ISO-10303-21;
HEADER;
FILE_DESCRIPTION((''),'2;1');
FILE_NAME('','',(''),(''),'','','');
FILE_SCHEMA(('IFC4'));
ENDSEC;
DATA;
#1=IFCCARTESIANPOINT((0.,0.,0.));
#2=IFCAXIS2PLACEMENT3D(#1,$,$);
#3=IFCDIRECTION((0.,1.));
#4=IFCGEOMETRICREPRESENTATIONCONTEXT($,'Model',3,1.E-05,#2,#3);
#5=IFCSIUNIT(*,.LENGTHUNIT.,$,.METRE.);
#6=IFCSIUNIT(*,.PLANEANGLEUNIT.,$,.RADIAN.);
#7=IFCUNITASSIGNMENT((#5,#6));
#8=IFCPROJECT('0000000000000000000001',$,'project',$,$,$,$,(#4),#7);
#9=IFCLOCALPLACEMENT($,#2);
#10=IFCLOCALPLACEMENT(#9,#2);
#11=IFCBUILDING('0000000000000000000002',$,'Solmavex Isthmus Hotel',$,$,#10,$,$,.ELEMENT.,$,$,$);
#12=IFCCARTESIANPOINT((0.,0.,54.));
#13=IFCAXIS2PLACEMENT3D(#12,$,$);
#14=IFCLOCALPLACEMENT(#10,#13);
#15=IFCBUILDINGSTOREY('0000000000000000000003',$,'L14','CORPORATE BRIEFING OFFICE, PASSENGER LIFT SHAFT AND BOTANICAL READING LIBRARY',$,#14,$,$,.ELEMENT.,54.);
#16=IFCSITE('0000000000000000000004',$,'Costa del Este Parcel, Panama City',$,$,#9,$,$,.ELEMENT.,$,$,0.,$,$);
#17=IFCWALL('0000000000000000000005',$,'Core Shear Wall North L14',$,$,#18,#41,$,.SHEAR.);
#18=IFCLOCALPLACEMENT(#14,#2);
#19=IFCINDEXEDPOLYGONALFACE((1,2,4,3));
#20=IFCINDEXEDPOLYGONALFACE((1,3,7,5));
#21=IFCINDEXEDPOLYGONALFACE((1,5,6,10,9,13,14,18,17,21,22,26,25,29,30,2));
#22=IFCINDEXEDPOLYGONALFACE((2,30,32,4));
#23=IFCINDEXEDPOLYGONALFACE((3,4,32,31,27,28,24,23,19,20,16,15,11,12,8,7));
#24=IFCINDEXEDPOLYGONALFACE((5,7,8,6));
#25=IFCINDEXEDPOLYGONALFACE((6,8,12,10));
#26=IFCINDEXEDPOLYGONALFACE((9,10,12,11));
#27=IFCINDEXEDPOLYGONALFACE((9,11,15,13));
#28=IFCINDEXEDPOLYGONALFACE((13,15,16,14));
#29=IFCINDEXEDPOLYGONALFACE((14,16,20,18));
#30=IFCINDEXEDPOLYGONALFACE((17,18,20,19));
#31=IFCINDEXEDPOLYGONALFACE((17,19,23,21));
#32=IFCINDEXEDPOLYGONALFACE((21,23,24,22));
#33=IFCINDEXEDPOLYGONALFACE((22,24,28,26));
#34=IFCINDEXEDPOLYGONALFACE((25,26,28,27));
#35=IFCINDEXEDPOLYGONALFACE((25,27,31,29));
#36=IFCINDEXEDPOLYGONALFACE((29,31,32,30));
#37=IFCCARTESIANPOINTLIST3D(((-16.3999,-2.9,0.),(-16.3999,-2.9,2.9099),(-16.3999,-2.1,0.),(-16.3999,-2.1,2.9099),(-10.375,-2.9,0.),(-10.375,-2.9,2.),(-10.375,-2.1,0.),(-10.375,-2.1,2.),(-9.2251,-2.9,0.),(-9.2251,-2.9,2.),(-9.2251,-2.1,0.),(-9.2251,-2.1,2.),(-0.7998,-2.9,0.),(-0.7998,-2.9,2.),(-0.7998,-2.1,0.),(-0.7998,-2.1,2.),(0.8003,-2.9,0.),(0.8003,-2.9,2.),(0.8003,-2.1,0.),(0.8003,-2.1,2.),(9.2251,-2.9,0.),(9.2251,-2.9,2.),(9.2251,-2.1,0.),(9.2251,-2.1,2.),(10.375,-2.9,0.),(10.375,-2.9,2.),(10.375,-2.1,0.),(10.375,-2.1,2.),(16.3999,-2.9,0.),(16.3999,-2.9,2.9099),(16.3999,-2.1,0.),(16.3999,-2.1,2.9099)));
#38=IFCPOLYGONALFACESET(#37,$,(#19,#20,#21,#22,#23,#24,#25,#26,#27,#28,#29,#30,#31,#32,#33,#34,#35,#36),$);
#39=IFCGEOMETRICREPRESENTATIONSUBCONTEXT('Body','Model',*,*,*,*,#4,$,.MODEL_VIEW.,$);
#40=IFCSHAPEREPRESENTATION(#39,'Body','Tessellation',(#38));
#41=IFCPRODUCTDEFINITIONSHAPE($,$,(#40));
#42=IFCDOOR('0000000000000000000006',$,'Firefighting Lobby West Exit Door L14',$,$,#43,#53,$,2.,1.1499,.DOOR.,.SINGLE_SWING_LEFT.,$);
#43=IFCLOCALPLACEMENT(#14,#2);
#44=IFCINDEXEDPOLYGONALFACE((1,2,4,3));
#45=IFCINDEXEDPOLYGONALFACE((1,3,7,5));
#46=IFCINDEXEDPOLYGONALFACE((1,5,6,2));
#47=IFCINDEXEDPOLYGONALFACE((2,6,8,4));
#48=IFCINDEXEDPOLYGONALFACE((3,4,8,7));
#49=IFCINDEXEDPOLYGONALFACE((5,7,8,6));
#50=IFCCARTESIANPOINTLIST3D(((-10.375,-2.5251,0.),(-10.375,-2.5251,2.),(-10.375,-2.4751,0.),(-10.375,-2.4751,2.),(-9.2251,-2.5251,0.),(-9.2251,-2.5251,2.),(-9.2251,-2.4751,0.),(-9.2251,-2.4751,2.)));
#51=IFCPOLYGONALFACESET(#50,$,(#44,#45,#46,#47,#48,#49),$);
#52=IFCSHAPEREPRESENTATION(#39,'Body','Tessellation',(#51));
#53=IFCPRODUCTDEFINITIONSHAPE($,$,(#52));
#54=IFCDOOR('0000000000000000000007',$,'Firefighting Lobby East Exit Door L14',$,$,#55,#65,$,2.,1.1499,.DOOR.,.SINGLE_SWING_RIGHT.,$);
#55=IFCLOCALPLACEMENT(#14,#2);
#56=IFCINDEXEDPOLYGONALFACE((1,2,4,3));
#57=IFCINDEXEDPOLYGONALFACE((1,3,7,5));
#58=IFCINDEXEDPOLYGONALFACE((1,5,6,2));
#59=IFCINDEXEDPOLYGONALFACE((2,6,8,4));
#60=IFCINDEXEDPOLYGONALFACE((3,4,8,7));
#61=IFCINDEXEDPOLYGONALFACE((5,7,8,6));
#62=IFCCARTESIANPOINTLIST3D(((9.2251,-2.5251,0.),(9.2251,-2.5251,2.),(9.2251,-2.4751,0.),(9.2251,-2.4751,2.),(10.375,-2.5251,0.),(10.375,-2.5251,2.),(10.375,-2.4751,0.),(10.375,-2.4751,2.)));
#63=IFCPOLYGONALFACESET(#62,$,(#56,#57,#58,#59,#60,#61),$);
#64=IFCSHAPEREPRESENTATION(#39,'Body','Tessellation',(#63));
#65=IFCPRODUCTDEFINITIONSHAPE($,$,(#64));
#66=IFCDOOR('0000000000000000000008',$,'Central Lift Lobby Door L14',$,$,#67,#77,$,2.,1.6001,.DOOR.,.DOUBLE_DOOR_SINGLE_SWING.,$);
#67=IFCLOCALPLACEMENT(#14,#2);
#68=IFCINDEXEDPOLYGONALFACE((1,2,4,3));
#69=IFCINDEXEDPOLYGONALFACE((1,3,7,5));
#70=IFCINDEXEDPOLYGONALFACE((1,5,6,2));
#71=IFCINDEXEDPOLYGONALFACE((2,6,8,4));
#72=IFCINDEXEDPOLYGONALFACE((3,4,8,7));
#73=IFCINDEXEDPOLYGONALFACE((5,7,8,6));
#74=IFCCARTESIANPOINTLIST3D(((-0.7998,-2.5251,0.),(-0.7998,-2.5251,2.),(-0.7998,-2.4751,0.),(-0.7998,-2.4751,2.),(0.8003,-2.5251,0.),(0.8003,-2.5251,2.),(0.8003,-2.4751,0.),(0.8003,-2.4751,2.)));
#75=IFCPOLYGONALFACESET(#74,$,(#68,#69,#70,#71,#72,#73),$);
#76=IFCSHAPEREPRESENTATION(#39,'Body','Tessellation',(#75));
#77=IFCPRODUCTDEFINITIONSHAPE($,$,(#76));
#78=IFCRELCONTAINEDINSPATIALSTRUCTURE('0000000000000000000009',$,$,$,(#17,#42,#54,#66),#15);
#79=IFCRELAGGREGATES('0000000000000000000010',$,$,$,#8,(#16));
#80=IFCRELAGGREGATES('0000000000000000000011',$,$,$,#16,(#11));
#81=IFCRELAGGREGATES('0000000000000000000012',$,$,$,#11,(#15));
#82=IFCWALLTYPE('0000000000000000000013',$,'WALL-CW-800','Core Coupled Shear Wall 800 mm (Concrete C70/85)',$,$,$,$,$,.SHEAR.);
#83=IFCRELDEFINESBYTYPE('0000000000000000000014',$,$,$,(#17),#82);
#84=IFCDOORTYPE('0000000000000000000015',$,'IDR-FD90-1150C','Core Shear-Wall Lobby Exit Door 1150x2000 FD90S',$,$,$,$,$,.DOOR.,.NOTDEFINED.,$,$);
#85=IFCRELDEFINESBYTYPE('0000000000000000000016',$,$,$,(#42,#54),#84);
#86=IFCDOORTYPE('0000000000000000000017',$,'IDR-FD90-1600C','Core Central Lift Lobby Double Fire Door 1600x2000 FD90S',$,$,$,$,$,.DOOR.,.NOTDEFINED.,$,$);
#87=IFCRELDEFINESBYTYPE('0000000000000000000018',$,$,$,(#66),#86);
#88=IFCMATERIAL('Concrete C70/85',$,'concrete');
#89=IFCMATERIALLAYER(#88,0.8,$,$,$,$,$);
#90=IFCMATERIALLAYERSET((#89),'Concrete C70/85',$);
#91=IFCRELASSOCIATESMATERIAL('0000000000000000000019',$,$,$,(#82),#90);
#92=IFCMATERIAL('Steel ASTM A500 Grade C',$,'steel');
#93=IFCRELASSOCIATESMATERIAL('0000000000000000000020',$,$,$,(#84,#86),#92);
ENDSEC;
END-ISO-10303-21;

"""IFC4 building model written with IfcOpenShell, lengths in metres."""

from ifc_helpers import new_model, si_unit, direction, frame, frame_2d, origin, place, context, subcontext, project, spatial, rectangle, extrude, material, layer, layer_set, type_object, element, fill, save


model = new_model("IFC4")

# Units and contexts
model_context = context("Model", 3, precision=1e-05, world=origin(), true_north=direction((0.0, 1.0)))
body_context = subcontext(model_context, "Body", "Model", "MODEL_VIEW")
ifc_project = project(units=[si_unit("LENGTHUNIT", "METRE"), si_unit("PLANEANGLEUNIT", "RADIAN")], contexts=[model_context])

# Site, building, storey
site_placement = place(None, origin())
site = spatial("IfcSite", under=ifc_project, at=site_placement, Name="Costa del Este Parcel, Panama City", CompositionType="ELEMENT", RefElevation=0.0)
building_placement = place(site_placement, origin())
building = spatial("IfcBuilding", under=site, at=building_placement, Name="Solmavex Isthmus Hotel", CompositionType="ELEMENT")
storey_placement = place(building_placement, frame((0.0, 0.0, 54.0)))
storey = spatial("IfcBuildingStorey", under=building, at=storey_placement, Name="L14", Description="CORPORATE BRIEFING OFFICE, PASSENGER LIFT SHAFT AND BOTANICAL READING LIBRARY", CompositionType="ELEMENT", Elevation=54.0)

# Shared definitions
ifc_material_1 = material(Name="Steel ASTM A500 Grade C", Category="steel")

# Wall, openings, doors
ifc_material_2 = material(Name="Concrete C70/85", Category="concrete")
ifc_layer_1 = layer(ifc_material_2, 0.8)
ifc_layer_set_1 = layer_set([ifc_layer_1], Name="Concrete C70/85")
wall_type_1 = type_object("IfcWallType", Name="WALL-CW-800", Description="Core Coupled Shear Wall 800 mm (Concrete C70/85)", PredefinedType="SHEAR", material=ifc_layer_set_1)
wall_1_placement = place(storey_placement, frame((-16.3999, -2.5, 0.0), z_axis=(0.0, 0.0, 1.0), x_axis=(1.0, 0.0, 0.0)))
wall_1 = element("IfcWall", 1, at=wall_1_placement, inside=storey, type_object=wall_type_1, Name="Core Shear Wall North L14", PredefinedType="SHEAR", context=body_context, shape_type="SweptSolid", body=[
    extrude(rectangle(XDim=32.7998, YDim=0.8, at=frame_2d((16.3999, 0.0))), origin(), (0.0, 0.0, 1.0), 2.9099),
])
opening_1_placement = place(wall_1_placement, frame((6.0249, 0.0, 0.0)))
opening_1 = element("IfcOpeningElement", 2, at=opening_1_placement, cuts=wall_1, PredefinedType="OPENING", context=body_context, shape_type="SweptSolid", body=[
    extrude(rectangle(XDim=1.1499, YDim=2.0, at=frame_2d((0.575, 1.0))), frame((0.0, 0.4099, 0.0), z_axis=(0.0, -1.0, 0.0), x_axis=(1.0, 0.0, 0.0)), (0.0, 0.0, 1.0), 0.8201),
])
opening_2_placement = place(wall_1_placement, frame((15.6001, 0.0, 0.0)))
opening_2 = element("IfcOpeningElement", 3, at=opening_2_placement, cuts=wall_1, PredefinedType="OPENING", context=body_context, shape_type="SweptSolid", body=[
    extrude(rectangle(XDim=1.6001, YDim=2.0, at=frame_2d((0.8, 1.0))), frame((0.0, 0.4099, 0.0), z_axis=(0.0, -1.0, 0.0), x_axis=(1.0, 0.0, 0.0)), (0.0, 0.0, 1.0), 0.8201),
])
opening_3_placement = place(wall_1_placement, frame((25.625, 0.0, 0.0)))
opening_3 = element("IfcOpeningElement", 4, at=opening_3_placement, cuts=wall_1, PredefinedType="OPENING", context=body_context, shape_type="SweptSolid", body=[
    extrude(rectangle(XDim=1.1499, YDim=2.0, at=frame_2d((0.575, 1.0))), frame((0.0, 0.4099, 0.0), z_axis=(0.0, -1.0, 0.0), x_axis=(1.0, 0.0, 0.0)), (0.0, 0.0, 1.0), 0.8201),
])
door_type_1 = type_object("IfcDoorType", Name="IDR-FD90-1150C", Description="Core Shear-Wall Lobby Exit Door 1150x2000 FD90S", OperationType="NOTDEFINED", PredefinedType="DOOR", material=ifc_material_1)
door_1_placement = place(opening_1_placement, origin())
door_1 = element("IfcDoor", 5, at=door_1_placement, inside=storey, type_object=door_type_1, Name="Firefighting Lobby West Exit Door L14", OperationType="SINGLE_SWING_LEFT", OverallHeight=2.0, OverallWidth=1.1499, PredefinedType="DOOR", context=body_context, shape_type="SweptSolid", body=[
    extrude(rectangle(XDim=1.1499, YDim=2.0, at=frame_2d((0.575, 1.0))), frame((0.0, 0.0249, 0.0), z_axis=(0.0, -1.0, 0.0), x_axis=(1.0, 0.0, 0.0)), (0.0, 0.0, 1.0), 0.05),
])
fill(opening_1, door_1)
door_2_placement = place(opening_3_placement, origin())
door_2 = element("IfcDoor", 6, at=door_2_placement, inside=storey, type_object=door_type_1, Name="Firefighting Lobby East Exit Door L14", OperationType="SINGLE_SWING_RIGHT", OverallHeight=2.0, OverallWidth=1.1499, PredefinedType="DOOR", context=body_context, shape_type="SweptSolid", body=[
    extrude(rectangle(XDim=1.1499, YDim=2.0, at=frame_2d((0.575, 1.0))), frame((0.0, 0.0249, 0.0), z_axis=(0.0, -1.0, 0.0), x_axis=(1.0, 0.0, 0.0)), (0.0, 0.0, 1.0), 0.05),
])
fill(opening_3, door_2)
door_type_2 = type_object("IfcDoorType", Name="IDR-FD90-1600C", Description="Core Central Lift Lobby Double Fire Door 1600x2000 FD90S", OperationType="NOTDEFINED", PredefinedType="DOOR", material=ifc_material_1)
door_3_placement = place(opening_2_placement, origin())
door_3 = element("IfcDoor", 7, at=door_3_placement, inside=storey, type_object=door_type_2, Name="Central Lift Lobby Door L14", OperationType="DOUBLE_DOOR_SINGLE_SWING", OverallHeight=2.0, OverallWidth=1.6001, PredefinedType="DOOR", context=body_context, shape_type="SweptSolid", body=[
    extrude(rectangle(XDim=1.6001, YDim=2.0, at=frame_2d((0.8, 1.0))), frame((0.0, 0.0249, 0.0), z_axis=(0.0, -1.0, 0.0), x_axis=(1.0, 0.0, 0.0)), (0.0, 0.0, 1.0), 0.05),
])
fill(opening_2, door_3)

save(model, "model.ifc")
